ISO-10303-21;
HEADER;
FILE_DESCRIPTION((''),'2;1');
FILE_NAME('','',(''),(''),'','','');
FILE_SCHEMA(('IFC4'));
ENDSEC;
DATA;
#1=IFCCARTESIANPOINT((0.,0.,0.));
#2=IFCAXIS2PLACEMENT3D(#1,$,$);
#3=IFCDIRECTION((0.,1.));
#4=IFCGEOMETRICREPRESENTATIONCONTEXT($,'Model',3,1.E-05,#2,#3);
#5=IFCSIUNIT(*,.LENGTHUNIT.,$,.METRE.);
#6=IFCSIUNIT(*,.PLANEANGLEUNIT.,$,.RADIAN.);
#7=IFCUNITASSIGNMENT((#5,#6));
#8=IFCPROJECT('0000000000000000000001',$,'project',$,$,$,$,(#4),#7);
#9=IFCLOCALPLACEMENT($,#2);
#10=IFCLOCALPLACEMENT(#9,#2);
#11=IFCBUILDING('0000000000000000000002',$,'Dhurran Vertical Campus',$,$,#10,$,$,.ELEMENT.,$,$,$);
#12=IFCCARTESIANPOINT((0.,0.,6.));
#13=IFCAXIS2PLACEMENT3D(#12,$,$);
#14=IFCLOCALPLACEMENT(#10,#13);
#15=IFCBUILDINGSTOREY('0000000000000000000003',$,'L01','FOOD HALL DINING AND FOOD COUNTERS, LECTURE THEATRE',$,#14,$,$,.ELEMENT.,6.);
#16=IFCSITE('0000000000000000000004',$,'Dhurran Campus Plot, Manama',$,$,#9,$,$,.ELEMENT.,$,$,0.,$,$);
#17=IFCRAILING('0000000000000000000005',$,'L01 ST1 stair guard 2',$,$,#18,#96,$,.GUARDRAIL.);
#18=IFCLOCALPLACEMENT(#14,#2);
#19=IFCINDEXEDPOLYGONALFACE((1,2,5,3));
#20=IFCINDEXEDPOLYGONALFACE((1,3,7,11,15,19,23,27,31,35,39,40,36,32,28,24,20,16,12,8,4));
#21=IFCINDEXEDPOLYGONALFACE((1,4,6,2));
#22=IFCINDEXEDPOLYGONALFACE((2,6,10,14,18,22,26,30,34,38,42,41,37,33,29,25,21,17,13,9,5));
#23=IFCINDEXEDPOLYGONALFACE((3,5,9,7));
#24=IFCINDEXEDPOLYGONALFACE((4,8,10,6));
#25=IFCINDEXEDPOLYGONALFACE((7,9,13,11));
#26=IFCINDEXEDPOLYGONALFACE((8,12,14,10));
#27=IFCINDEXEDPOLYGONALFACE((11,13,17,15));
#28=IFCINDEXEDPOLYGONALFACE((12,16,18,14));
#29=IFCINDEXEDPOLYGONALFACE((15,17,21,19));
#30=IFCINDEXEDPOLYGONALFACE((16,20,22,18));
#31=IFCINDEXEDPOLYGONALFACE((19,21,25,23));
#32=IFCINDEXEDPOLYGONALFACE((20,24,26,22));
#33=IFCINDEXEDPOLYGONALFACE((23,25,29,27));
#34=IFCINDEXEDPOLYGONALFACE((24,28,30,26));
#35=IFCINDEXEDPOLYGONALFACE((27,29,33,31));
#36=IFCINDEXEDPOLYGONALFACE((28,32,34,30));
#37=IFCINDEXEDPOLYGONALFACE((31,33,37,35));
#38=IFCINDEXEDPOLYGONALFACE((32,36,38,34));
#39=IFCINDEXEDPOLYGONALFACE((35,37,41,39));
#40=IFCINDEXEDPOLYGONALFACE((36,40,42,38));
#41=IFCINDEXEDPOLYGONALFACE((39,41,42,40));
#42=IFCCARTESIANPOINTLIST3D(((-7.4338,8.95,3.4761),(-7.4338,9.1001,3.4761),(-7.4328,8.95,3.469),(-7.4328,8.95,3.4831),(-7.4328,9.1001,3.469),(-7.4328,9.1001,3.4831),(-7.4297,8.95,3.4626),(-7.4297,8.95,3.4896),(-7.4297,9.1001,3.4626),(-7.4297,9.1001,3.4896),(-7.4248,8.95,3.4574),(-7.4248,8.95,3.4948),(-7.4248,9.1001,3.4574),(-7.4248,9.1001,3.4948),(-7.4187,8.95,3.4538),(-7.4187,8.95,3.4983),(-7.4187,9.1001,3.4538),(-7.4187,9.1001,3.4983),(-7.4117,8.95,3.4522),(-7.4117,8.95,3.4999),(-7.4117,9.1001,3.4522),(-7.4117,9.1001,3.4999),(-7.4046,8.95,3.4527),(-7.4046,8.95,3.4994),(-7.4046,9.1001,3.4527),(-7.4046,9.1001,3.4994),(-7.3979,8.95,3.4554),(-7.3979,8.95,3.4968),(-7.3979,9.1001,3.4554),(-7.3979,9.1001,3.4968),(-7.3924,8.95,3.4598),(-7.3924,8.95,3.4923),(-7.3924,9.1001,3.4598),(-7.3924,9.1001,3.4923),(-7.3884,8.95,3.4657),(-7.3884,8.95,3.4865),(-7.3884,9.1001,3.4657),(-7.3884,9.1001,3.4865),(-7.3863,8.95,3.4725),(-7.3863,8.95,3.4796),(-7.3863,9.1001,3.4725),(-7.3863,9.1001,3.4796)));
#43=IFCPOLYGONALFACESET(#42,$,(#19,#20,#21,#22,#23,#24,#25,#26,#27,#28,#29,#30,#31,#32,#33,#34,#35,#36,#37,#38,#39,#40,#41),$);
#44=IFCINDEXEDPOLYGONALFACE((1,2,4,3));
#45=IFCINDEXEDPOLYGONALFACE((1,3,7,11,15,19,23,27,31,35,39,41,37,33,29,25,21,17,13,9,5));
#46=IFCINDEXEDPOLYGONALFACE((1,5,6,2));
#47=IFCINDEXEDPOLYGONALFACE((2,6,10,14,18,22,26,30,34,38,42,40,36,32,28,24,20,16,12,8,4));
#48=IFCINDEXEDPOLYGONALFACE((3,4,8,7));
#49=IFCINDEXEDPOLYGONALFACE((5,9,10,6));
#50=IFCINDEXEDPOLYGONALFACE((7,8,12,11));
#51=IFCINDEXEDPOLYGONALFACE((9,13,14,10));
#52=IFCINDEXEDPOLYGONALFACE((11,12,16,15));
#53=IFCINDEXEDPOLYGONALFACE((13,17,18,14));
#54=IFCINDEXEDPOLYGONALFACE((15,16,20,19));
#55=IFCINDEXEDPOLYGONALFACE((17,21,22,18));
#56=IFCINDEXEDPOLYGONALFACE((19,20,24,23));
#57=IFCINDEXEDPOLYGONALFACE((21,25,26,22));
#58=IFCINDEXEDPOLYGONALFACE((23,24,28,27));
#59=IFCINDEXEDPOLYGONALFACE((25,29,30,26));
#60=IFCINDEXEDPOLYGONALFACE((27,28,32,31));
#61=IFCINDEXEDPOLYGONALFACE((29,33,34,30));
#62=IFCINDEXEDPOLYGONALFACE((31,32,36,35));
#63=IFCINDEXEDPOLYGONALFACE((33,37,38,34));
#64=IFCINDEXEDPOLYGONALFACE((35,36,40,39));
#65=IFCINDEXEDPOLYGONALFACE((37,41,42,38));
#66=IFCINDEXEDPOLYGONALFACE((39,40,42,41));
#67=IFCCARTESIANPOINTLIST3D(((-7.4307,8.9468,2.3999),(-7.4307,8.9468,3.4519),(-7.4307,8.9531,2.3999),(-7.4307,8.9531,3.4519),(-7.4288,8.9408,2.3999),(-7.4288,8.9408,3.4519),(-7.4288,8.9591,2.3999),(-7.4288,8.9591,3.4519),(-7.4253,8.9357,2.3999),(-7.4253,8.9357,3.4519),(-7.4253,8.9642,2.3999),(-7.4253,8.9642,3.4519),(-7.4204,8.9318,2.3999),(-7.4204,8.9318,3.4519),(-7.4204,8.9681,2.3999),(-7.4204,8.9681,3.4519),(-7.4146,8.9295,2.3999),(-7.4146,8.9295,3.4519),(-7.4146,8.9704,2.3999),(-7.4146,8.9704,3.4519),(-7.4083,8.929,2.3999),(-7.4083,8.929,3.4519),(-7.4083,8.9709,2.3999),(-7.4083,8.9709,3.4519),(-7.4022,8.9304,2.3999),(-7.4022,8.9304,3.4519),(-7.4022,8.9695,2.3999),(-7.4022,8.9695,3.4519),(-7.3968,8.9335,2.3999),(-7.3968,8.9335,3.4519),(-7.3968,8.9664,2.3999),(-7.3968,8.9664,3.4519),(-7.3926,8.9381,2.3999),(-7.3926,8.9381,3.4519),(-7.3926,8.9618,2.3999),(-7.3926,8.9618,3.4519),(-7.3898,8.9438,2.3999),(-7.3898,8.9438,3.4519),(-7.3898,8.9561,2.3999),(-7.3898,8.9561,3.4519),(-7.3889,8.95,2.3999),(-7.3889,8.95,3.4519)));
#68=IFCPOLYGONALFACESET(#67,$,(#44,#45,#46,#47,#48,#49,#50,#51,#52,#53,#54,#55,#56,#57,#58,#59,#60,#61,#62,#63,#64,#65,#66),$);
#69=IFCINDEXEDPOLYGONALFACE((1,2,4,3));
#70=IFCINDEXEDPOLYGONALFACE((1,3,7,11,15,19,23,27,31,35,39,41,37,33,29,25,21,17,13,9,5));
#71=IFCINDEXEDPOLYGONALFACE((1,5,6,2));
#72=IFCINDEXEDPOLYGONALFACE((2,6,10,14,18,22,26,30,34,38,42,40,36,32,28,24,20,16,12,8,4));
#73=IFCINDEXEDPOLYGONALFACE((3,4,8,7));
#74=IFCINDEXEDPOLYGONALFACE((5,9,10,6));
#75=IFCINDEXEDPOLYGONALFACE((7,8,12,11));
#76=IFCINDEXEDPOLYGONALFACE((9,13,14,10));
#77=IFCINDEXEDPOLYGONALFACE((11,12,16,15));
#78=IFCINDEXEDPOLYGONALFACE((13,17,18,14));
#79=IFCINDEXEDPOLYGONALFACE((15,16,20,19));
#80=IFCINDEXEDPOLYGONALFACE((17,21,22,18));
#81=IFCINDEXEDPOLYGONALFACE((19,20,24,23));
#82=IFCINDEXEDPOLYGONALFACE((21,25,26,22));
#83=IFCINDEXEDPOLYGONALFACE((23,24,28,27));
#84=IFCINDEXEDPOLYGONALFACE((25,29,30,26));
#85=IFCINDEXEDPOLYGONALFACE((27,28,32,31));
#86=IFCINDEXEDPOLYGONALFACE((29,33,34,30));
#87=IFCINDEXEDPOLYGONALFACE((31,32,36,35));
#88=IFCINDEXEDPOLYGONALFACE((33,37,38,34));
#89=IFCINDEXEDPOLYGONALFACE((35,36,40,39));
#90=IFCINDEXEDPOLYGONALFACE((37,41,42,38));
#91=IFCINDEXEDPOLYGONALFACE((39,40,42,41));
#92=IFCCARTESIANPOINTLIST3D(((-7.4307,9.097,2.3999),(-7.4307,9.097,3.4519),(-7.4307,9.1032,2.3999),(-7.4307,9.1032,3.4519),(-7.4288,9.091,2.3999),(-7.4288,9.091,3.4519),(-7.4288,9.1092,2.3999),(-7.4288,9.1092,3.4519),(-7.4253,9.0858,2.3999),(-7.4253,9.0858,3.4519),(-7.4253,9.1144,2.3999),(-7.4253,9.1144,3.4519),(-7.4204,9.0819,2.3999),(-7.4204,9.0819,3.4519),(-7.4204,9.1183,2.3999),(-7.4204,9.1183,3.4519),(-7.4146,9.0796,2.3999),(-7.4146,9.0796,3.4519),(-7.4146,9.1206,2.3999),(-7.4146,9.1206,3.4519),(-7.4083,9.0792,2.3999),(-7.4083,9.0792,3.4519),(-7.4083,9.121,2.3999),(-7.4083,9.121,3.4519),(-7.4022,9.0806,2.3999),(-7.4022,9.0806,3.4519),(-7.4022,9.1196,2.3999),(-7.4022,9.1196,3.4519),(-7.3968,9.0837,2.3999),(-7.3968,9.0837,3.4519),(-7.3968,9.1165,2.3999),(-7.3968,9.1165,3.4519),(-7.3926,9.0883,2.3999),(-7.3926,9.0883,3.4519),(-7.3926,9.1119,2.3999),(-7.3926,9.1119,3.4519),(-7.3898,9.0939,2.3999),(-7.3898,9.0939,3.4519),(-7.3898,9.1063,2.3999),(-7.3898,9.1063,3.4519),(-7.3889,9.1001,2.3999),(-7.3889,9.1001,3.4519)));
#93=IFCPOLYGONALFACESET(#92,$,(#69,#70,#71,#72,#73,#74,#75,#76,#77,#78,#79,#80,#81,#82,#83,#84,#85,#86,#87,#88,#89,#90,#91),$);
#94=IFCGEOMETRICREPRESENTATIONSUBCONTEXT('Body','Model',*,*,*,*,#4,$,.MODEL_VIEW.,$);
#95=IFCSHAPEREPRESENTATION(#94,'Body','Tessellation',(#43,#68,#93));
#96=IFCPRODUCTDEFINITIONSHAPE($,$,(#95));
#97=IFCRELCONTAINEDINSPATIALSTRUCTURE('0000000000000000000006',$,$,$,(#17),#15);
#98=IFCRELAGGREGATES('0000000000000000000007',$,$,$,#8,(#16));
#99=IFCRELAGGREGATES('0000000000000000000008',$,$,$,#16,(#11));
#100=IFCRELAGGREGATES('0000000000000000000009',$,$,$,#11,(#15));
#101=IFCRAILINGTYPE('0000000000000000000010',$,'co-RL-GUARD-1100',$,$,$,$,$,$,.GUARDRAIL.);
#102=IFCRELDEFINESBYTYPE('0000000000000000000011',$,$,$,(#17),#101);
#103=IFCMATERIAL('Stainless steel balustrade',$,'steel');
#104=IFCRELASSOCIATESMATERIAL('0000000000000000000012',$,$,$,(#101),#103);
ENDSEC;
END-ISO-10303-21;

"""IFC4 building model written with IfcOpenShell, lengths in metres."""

from ifc_helpers import new_model, si_unit, direction, frame, origin, origin_2d, place, context, subcontext, project, spatial, circle, extrude, material, type_object, element, save


model = new_model("IFC4")

# Units and contexts
model_context = context("Model", 3, precision=1e-05, world=origin(), true_north=direction((0.0, 1.0)))
body_context = subcontext(model_context, "Body", "Model", "MODEL_VIEW")
ifc_project = project(units=[si_unit("LENGTHUNIT", "METRE"), si_unit("PLANEANGLEUNIT", "RADIAN")], contexts=[model_context])

# Site, building, storey
site_placement = place(None, origin())
site = spatial("IfcSite", under=ifc_project, at=site_placement, Name="Dhurran Campus Plot, Manama", CompositionType="ELEMENT", RefElevation=0.0)
building_placement = place(site_placement, origin())
building = spatial("IfcBuilding", under=site, at=building_placement, Name="Dhurran Vertical Campus", CompositionType="ELEMENT")
storey_placement = place(building_placement, frame((0.0, 0.0, 6.0)))
storey = spatial("IfcBuildingStorey", under=building, at=storey_placement, Name="L01", Description="FOOD HALL DINING AND FOOD COUNTERS, LECTURE THEATRE", CompositionType="ELEMENT", Elevation=6.0)

# Railing
ifc_material_1 = material(Name="Stainless steel balustrade", Category="steel")
railing_type_1 = type_object("IfcRailingType", Name="co-RL-GUARD-1100", PredefinedType="GUARDRAIL", material=ifc_material_1)
railing_1_placement = place(storey_placement, frame((-7.4099, 8.95, 2.3999)))
element("IfcRailing", 1, at=railing_1_placement, inside=storey, type_object=railing_type_1, Name="L01 ST1 stair guard 2", PredefinedType="GUARDRAIL", context=body_context, shape_type="SweptSolid", body=[
    extrude(circle(Radius=0.0239, at=origin_2d()), frame((0.0, 0.0, 1.0762), z_axis=(0.0, 1.0, 0.0), x_axis=(-1.0, 0.0, 0.0)), (0.0, 0.0, 1.0), 0.1501),
    extrude(circle(Radius=0.021, at=origin_2d()), origin(), (0.0, 0.0, 1.0), 1.052),
    extrude(circle(Radius=0.021, at=origin_2d()), frame((0.0, 0.1501, 0.0)), (0.0, 0.0, 1.0), 1.052),
])

save(model, "model.ifc")
